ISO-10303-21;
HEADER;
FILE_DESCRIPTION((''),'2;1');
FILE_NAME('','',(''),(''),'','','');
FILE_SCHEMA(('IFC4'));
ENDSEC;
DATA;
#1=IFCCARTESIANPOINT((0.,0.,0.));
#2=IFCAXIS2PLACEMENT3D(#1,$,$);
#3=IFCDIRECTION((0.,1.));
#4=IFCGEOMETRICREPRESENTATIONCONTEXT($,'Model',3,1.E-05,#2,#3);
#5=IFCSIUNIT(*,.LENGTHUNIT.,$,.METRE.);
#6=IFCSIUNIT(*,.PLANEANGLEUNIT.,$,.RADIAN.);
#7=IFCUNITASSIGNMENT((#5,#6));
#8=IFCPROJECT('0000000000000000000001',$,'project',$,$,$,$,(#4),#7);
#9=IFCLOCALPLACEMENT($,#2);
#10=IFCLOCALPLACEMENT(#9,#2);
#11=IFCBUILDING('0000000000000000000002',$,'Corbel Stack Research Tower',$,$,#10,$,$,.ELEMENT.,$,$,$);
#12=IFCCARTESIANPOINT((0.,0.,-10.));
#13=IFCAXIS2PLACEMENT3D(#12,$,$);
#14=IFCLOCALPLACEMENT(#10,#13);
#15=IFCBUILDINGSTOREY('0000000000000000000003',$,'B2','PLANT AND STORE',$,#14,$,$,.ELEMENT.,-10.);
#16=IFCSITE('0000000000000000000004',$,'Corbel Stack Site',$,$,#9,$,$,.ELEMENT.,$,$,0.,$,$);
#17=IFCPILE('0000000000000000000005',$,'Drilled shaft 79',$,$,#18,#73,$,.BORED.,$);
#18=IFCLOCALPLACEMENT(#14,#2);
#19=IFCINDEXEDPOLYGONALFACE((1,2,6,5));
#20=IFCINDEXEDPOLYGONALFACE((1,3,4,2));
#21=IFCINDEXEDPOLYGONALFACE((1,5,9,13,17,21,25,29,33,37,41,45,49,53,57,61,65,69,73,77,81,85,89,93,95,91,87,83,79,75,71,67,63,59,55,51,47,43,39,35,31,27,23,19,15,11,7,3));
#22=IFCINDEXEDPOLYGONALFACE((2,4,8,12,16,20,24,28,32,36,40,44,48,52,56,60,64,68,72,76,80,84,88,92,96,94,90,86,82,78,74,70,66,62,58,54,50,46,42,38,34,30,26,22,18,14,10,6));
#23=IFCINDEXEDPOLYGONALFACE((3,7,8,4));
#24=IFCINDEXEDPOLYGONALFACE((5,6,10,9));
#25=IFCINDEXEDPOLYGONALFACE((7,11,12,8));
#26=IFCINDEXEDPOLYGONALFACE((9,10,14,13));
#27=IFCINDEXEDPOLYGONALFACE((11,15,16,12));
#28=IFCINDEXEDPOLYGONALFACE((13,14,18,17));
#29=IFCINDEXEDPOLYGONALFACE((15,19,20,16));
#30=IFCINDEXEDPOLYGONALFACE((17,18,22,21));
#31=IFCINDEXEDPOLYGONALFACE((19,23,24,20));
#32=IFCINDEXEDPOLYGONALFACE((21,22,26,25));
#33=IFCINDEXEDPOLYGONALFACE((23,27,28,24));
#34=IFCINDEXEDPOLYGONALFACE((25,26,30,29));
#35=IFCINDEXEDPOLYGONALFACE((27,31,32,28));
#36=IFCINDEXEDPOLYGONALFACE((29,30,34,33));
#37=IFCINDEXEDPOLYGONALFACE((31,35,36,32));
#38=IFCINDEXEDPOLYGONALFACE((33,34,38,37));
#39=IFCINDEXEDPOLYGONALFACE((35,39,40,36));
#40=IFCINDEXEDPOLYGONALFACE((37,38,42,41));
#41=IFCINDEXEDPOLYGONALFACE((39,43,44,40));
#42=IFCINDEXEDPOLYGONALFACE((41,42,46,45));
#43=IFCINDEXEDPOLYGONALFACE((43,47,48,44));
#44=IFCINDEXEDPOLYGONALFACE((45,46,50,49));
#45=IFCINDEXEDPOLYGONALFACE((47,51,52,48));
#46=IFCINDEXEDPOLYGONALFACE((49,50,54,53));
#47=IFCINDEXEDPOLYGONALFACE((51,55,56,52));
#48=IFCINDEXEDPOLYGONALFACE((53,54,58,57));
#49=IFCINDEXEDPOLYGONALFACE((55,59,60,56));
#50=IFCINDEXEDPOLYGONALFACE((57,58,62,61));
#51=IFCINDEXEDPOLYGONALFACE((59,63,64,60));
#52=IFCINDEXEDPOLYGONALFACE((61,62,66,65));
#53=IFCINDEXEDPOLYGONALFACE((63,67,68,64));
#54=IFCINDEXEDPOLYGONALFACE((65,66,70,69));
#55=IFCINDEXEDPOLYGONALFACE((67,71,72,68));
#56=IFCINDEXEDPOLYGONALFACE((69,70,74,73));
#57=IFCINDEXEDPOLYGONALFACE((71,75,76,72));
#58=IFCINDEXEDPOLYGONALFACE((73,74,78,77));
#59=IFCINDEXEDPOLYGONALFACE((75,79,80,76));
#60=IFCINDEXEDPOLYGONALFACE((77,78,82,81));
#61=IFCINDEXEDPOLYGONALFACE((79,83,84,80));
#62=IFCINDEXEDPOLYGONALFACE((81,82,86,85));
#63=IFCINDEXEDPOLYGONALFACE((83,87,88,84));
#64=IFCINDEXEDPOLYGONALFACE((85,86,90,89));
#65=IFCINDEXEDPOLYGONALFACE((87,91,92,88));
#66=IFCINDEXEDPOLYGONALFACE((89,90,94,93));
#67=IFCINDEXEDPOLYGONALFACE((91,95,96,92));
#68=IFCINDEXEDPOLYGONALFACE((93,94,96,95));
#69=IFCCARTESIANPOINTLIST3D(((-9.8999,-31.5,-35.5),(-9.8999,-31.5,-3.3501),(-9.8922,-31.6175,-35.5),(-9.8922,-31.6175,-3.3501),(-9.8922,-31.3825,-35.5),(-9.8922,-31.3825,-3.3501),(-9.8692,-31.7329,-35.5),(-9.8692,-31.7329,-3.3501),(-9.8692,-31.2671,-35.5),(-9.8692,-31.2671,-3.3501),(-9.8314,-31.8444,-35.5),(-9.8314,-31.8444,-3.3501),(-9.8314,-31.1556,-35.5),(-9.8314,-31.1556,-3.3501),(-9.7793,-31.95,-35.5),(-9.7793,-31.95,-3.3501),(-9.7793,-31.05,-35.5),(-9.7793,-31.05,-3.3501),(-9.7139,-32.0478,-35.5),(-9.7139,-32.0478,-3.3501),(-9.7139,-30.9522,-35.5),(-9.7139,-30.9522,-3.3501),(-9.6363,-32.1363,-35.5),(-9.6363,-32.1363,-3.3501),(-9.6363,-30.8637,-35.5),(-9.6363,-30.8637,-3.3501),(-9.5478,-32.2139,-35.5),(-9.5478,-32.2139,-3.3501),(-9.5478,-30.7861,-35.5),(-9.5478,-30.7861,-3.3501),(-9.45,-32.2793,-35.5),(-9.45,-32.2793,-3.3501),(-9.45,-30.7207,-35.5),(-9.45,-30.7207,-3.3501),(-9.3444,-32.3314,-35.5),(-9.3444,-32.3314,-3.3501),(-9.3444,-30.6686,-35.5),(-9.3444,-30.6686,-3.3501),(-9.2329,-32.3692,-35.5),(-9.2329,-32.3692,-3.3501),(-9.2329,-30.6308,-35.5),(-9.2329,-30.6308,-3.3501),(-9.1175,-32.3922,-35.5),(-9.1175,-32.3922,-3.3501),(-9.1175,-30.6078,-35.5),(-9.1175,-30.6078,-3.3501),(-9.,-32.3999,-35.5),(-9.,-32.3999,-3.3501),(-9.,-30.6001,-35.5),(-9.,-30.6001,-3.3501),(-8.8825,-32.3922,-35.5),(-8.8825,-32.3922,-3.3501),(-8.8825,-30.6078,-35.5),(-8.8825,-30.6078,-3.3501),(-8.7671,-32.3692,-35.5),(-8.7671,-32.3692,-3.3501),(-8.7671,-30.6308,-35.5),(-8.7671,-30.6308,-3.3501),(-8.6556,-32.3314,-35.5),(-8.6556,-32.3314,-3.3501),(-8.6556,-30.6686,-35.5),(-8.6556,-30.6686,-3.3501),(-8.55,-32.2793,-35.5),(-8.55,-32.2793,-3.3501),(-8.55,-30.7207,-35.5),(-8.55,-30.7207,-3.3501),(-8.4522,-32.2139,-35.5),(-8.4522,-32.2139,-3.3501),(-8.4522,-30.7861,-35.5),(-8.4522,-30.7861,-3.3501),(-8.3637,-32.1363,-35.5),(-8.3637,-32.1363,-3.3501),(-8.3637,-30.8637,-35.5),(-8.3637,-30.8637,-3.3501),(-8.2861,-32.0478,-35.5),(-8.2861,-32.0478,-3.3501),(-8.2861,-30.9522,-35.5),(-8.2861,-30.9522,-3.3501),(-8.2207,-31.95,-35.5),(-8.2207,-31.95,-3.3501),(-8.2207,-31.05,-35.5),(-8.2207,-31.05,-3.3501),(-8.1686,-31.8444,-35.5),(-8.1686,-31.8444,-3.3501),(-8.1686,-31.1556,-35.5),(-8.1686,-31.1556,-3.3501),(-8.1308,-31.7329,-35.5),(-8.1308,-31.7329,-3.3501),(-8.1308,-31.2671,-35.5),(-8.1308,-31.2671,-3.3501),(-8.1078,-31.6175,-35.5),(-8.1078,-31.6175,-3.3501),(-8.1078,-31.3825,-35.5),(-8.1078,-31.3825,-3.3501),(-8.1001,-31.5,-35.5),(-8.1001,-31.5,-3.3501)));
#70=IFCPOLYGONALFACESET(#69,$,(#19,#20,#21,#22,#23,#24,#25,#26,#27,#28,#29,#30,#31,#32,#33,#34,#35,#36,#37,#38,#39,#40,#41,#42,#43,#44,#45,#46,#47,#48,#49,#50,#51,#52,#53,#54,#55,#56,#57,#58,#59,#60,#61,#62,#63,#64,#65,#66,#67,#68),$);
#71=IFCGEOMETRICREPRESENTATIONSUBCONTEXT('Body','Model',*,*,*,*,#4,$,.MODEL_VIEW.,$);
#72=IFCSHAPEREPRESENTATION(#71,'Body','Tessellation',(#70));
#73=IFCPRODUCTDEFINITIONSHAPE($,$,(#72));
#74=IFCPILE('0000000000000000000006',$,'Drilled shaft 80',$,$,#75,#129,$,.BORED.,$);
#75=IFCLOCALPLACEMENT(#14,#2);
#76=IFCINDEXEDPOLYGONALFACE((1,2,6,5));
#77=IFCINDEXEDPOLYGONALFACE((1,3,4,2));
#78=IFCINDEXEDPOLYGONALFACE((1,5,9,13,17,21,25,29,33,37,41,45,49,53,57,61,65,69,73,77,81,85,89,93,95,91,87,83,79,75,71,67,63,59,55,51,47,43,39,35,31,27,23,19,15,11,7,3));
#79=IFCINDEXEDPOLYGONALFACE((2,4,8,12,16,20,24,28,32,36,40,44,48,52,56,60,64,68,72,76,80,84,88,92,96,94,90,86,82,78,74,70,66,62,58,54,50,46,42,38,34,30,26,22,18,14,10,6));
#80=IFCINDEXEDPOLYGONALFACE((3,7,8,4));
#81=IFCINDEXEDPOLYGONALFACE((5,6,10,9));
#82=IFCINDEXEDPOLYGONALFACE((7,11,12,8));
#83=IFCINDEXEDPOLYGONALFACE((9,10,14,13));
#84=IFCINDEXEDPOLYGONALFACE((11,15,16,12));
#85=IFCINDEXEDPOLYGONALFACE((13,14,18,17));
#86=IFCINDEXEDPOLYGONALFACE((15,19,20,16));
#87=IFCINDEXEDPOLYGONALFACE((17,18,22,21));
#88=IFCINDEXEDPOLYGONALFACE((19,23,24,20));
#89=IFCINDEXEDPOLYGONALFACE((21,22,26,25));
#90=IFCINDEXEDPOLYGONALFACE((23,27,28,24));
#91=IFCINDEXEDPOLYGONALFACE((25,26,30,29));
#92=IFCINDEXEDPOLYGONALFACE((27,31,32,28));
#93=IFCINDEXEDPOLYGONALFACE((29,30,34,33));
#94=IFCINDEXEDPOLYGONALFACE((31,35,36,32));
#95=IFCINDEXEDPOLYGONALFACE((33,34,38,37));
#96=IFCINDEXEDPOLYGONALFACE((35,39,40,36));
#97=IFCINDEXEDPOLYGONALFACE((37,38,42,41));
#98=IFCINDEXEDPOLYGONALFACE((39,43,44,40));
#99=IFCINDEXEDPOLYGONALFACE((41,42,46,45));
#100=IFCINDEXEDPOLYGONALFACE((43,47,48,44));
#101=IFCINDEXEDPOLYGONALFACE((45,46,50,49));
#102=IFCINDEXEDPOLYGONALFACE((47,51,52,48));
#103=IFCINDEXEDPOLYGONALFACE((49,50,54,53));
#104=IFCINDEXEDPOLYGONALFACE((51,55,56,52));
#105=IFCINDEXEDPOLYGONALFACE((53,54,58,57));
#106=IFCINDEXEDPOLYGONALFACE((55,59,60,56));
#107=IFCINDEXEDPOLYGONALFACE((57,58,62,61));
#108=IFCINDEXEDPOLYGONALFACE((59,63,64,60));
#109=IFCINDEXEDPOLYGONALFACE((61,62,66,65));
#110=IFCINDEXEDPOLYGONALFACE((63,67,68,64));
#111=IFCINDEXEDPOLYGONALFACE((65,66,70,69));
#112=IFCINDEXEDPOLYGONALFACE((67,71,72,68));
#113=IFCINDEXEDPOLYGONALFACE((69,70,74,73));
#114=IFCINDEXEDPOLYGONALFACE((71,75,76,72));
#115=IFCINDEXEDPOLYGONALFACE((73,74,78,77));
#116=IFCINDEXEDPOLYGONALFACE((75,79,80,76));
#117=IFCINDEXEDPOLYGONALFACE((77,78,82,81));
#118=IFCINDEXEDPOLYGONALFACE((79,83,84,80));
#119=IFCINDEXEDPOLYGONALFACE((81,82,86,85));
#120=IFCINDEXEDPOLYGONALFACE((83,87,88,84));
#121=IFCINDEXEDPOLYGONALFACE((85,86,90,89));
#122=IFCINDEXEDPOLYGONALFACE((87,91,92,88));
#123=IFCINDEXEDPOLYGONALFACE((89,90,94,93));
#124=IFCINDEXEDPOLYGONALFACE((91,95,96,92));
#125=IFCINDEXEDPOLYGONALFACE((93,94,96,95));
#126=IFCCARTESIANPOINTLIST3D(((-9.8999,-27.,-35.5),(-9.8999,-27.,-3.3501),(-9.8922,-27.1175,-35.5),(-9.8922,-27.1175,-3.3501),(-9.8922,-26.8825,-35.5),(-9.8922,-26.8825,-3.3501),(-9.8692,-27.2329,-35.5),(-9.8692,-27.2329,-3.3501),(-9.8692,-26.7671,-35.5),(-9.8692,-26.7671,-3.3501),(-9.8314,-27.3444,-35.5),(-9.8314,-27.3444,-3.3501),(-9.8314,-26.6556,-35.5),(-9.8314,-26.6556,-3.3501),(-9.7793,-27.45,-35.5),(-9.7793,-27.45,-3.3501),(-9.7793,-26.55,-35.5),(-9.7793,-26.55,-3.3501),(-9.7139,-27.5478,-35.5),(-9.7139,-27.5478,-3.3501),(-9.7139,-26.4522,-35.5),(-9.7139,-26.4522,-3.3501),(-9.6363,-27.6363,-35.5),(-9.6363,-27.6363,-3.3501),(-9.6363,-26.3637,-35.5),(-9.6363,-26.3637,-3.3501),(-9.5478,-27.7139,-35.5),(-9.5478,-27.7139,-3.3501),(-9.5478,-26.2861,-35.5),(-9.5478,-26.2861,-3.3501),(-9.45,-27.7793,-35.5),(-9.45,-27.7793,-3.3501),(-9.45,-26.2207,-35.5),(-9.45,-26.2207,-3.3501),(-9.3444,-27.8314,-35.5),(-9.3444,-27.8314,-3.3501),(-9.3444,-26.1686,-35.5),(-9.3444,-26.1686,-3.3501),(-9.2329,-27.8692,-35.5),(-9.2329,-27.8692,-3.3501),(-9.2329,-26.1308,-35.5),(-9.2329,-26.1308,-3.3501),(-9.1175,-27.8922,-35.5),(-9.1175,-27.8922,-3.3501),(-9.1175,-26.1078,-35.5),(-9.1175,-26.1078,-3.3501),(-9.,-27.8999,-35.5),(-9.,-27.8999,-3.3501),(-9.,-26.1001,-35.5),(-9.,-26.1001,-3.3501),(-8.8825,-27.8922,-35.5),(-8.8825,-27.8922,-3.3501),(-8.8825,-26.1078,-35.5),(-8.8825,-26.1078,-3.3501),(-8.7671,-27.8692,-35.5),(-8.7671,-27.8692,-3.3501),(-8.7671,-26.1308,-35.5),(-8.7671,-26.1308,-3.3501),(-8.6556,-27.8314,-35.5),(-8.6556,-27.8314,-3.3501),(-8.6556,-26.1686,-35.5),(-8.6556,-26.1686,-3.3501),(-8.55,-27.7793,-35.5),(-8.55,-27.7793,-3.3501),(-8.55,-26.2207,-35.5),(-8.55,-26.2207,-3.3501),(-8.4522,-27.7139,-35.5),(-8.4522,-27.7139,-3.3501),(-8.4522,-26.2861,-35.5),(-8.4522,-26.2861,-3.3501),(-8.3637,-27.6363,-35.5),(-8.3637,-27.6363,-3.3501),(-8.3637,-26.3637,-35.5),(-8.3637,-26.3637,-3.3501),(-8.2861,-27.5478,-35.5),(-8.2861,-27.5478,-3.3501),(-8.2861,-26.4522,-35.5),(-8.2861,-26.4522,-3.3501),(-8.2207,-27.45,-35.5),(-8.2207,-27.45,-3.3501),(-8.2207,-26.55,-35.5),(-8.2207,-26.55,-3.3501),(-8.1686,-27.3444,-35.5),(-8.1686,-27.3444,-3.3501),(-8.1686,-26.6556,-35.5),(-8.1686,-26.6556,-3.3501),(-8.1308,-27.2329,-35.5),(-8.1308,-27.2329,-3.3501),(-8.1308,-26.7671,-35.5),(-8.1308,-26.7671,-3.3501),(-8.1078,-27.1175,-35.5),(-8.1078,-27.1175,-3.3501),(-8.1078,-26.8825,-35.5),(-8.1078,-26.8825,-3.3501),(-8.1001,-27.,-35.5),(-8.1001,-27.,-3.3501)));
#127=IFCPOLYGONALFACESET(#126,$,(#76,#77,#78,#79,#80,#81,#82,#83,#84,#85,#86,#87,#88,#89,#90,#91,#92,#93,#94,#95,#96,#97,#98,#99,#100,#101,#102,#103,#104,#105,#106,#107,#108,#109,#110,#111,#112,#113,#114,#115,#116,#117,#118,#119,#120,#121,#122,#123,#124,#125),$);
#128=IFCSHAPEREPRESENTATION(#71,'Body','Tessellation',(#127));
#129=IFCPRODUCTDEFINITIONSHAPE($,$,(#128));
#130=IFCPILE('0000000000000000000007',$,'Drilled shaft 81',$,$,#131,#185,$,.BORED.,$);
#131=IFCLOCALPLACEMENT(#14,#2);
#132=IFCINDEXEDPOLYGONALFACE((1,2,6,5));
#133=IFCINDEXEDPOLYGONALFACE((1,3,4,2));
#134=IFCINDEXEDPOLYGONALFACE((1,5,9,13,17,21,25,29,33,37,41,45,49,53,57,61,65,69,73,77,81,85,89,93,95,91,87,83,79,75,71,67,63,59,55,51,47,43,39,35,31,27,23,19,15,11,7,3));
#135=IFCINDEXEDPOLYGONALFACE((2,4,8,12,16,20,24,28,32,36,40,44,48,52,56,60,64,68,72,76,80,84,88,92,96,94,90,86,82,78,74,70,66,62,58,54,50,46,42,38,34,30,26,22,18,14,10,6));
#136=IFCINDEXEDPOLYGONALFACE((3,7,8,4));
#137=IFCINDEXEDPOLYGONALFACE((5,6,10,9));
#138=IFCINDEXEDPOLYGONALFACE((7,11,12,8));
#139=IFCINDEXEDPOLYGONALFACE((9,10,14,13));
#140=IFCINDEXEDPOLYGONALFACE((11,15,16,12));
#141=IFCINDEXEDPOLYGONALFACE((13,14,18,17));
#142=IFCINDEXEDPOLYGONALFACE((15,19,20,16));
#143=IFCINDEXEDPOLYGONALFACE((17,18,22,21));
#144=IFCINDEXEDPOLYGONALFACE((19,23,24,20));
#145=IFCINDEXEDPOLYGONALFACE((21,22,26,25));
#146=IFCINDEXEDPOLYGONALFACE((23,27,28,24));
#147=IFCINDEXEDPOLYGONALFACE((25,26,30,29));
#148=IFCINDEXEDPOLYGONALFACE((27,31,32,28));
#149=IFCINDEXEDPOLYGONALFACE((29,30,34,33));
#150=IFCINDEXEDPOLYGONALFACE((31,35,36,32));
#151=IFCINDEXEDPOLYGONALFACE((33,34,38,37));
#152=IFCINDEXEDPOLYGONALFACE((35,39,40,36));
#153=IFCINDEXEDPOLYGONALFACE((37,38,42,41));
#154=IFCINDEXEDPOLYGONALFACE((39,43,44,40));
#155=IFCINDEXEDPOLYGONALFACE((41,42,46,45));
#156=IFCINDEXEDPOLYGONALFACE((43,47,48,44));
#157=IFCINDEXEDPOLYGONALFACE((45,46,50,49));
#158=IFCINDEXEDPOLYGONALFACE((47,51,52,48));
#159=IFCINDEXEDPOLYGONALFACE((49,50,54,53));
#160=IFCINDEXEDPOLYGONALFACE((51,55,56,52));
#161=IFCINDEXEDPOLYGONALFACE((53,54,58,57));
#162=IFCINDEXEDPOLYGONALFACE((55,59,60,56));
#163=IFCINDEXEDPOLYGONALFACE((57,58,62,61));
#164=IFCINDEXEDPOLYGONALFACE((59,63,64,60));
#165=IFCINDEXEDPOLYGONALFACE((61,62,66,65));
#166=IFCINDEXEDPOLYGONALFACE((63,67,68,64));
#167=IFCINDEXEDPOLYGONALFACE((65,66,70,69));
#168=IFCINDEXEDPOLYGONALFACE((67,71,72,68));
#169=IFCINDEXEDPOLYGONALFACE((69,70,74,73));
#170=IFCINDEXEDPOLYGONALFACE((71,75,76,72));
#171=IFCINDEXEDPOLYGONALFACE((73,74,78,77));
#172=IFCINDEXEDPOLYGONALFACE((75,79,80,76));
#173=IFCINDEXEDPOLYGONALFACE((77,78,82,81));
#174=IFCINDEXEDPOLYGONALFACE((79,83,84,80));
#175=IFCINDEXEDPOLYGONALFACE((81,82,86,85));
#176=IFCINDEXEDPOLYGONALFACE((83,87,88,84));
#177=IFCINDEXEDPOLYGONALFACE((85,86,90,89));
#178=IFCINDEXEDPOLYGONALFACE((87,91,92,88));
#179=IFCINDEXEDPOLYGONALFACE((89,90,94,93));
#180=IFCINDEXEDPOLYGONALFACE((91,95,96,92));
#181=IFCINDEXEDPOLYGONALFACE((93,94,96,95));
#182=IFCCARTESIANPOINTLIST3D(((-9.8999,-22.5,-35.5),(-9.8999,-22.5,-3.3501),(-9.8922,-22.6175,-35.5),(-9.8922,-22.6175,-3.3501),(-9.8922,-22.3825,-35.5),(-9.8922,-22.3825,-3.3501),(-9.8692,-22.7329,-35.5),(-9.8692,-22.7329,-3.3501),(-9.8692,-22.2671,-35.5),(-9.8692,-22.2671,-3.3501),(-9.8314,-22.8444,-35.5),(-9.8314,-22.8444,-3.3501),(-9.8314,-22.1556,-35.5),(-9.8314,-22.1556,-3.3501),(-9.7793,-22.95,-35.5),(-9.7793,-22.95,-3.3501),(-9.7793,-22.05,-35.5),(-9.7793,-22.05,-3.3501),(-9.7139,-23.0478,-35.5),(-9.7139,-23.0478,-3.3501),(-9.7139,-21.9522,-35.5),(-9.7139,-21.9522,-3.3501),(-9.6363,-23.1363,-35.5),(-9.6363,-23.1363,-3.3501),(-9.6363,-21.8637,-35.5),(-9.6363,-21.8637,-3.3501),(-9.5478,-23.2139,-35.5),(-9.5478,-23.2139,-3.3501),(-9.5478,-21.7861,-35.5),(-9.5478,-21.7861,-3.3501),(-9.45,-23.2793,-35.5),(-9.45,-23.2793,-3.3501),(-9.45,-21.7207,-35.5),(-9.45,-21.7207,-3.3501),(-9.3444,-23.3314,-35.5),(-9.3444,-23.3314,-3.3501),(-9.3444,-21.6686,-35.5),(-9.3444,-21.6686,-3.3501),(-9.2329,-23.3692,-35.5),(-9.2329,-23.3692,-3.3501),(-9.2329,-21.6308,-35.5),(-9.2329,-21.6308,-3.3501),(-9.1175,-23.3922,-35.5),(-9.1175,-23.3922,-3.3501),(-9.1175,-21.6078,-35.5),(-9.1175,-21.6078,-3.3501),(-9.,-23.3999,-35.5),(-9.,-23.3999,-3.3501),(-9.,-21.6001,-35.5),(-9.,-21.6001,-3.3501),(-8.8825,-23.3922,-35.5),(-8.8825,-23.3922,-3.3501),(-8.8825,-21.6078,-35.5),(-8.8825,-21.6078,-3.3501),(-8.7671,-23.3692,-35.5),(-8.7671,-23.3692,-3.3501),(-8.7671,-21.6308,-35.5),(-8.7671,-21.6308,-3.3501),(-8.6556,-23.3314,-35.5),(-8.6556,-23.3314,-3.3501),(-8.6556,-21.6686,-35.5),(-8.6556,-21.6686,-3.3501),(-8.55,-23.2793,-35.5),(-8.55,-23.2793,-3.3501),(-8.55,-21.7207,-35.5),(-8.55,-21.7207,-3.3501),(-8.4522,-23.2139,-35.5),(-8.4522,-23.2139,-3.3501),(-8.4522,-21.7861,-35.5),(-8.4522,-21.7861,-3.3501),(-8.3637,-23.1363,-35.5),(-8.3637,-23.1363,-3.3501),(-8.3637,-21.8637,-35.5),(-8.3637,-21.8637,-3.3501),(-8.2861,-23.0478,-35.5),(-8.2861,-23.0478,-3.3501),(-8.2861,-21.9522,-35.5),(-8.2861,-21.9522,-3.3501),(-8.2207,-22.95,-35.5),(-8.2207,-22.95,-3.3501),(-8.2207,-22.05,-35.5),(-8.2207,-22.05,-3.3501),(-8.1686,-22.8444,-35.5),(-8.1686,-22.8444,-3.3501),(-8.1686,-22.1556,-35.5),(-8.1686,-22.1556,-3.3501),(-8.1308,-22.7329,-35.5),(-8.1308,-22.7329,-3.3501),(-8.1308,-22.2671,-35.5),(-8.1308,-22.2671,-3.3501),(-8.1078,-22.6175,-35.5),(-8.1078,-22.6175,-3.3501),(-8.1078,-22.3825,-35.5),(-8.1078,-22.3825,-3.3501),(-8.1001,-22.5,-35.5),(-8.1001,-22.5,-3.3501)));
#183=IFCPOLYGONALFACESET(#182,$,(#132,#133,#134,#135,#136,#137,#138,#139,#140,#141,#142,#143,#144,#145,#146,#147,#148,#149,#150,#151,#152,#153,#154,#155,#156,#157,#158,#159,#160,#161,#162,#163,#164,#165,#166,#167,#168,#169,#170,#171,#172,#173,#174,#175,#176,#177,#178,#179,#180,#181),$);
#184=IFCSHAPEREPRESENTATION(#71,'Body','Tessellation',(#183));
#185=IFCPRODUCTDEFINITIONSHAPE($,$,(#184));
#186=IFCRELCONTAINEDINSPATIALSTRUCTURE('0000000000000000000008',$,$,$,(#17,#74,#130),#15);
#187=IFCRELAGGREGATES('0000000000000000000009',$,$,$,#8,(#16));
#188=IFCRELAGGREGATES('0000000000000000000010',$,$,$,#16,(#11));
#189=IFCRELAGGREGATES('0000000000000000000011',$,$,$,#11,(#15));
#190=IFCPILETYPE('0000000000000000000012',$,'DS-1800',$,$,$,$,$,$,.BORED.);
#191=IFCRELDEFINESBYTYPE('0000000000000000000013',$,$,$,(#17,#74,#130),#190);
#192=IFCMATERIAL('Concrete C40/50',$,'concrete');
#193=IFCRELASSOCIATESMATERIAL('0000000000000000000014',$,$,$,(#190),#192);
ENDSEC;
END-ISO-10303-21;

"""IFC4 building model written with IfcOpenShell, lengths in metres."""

from ifc_helpers import new_model, si_unit, direction, frame, origin, origin_2d, place, context, subcontext, project, spatial, circle, extrude, material, material_profile, profile_set, type_object, element, save


model = new_model("IFC4")

# Units and contexts
model_context = context("Model", 3, precision=1e-05, world=origin(), true_north=direction((0.0, 1.0)))
body_context = subcontext(model_context, "Body", "Model", "MODEL_VIEW")
ifc_project = project(units=[si_unit("LENGTHUNIT", "METRE"), si_unit("PLANEANGLEUNIT", "RADIAN")], contexts=[model_context])

# Site, building, storey
site_placement = place(None, origin())
site = spatial("IfcSite", under=ifc_project, at=site_placement, Name="Corbel Stack Site", CompositionType="ELEMENT", RefElevation=0.0)
building_placement = place(site_placement, origin())
building = spatial("IfcBuilding", under=site, at=building_placement, Name="Corbel Stack Research Tower", CompositionType="ELEMENT")
storey_placement = place(building_placement, frame((0.0, 0.0, -10.0)))
storey = spatial("IfcBuildingStorey", under=building, at=storey_placement, Name="B2", Description="PLANT AND STORE", CompositionType="ELEMENT", Elevation=-10.0)

# Piles
ifc_material_1 = material(Name="Concrete C40/50", Category="concrete")
ifc_material_profile_1 = material_profile(ifc_material_1, circle(Radius=0.8999, at=origin_2d()), Name="Shaft 1800")
ifc_profile_set_1 = profile_set([ifc_material_profile_1], Name="Concrete C40/50")
pile_type = type_object("IfcPileType", Name="DS-1800", PredefinedType="BORED", material=ifc_profile_set_1)
for number, where, z_axis, x_axis, name in (
    (1, (-9.0, -31.5, -3.3501), (0.0, 0.0, -1.0), (1.0, 0.0, 0.0), "Drilled shaft 79"),
    (2, (-9.0, -27.0, -3.3501), (0.0, 0.0, -1.0), (1.0, 0.0, 0.0), "Drilled shaft 80"),
    (3, (-9.0, -22.5, -3.3501), (0.0, 0.0, -1.0), (1.0, 0.0, 0.0), "Drilled shaft 81"),
):
    element("IfcPile", number, at=place(storey_placement, frame(where, z_axis=z_axis, x_axis=x_axis)), inside=storey, type_object=pile_type, Name=name, PredefinedType="BORED", context=body_context, shape_type="SweptSolid", body=[
        extrude(circle(Radius=0.8999, at=origin_2d()), origin(), (0.0, 0.0, 1.0), 32.1499),
    ])

save(model, "model.ifc")
